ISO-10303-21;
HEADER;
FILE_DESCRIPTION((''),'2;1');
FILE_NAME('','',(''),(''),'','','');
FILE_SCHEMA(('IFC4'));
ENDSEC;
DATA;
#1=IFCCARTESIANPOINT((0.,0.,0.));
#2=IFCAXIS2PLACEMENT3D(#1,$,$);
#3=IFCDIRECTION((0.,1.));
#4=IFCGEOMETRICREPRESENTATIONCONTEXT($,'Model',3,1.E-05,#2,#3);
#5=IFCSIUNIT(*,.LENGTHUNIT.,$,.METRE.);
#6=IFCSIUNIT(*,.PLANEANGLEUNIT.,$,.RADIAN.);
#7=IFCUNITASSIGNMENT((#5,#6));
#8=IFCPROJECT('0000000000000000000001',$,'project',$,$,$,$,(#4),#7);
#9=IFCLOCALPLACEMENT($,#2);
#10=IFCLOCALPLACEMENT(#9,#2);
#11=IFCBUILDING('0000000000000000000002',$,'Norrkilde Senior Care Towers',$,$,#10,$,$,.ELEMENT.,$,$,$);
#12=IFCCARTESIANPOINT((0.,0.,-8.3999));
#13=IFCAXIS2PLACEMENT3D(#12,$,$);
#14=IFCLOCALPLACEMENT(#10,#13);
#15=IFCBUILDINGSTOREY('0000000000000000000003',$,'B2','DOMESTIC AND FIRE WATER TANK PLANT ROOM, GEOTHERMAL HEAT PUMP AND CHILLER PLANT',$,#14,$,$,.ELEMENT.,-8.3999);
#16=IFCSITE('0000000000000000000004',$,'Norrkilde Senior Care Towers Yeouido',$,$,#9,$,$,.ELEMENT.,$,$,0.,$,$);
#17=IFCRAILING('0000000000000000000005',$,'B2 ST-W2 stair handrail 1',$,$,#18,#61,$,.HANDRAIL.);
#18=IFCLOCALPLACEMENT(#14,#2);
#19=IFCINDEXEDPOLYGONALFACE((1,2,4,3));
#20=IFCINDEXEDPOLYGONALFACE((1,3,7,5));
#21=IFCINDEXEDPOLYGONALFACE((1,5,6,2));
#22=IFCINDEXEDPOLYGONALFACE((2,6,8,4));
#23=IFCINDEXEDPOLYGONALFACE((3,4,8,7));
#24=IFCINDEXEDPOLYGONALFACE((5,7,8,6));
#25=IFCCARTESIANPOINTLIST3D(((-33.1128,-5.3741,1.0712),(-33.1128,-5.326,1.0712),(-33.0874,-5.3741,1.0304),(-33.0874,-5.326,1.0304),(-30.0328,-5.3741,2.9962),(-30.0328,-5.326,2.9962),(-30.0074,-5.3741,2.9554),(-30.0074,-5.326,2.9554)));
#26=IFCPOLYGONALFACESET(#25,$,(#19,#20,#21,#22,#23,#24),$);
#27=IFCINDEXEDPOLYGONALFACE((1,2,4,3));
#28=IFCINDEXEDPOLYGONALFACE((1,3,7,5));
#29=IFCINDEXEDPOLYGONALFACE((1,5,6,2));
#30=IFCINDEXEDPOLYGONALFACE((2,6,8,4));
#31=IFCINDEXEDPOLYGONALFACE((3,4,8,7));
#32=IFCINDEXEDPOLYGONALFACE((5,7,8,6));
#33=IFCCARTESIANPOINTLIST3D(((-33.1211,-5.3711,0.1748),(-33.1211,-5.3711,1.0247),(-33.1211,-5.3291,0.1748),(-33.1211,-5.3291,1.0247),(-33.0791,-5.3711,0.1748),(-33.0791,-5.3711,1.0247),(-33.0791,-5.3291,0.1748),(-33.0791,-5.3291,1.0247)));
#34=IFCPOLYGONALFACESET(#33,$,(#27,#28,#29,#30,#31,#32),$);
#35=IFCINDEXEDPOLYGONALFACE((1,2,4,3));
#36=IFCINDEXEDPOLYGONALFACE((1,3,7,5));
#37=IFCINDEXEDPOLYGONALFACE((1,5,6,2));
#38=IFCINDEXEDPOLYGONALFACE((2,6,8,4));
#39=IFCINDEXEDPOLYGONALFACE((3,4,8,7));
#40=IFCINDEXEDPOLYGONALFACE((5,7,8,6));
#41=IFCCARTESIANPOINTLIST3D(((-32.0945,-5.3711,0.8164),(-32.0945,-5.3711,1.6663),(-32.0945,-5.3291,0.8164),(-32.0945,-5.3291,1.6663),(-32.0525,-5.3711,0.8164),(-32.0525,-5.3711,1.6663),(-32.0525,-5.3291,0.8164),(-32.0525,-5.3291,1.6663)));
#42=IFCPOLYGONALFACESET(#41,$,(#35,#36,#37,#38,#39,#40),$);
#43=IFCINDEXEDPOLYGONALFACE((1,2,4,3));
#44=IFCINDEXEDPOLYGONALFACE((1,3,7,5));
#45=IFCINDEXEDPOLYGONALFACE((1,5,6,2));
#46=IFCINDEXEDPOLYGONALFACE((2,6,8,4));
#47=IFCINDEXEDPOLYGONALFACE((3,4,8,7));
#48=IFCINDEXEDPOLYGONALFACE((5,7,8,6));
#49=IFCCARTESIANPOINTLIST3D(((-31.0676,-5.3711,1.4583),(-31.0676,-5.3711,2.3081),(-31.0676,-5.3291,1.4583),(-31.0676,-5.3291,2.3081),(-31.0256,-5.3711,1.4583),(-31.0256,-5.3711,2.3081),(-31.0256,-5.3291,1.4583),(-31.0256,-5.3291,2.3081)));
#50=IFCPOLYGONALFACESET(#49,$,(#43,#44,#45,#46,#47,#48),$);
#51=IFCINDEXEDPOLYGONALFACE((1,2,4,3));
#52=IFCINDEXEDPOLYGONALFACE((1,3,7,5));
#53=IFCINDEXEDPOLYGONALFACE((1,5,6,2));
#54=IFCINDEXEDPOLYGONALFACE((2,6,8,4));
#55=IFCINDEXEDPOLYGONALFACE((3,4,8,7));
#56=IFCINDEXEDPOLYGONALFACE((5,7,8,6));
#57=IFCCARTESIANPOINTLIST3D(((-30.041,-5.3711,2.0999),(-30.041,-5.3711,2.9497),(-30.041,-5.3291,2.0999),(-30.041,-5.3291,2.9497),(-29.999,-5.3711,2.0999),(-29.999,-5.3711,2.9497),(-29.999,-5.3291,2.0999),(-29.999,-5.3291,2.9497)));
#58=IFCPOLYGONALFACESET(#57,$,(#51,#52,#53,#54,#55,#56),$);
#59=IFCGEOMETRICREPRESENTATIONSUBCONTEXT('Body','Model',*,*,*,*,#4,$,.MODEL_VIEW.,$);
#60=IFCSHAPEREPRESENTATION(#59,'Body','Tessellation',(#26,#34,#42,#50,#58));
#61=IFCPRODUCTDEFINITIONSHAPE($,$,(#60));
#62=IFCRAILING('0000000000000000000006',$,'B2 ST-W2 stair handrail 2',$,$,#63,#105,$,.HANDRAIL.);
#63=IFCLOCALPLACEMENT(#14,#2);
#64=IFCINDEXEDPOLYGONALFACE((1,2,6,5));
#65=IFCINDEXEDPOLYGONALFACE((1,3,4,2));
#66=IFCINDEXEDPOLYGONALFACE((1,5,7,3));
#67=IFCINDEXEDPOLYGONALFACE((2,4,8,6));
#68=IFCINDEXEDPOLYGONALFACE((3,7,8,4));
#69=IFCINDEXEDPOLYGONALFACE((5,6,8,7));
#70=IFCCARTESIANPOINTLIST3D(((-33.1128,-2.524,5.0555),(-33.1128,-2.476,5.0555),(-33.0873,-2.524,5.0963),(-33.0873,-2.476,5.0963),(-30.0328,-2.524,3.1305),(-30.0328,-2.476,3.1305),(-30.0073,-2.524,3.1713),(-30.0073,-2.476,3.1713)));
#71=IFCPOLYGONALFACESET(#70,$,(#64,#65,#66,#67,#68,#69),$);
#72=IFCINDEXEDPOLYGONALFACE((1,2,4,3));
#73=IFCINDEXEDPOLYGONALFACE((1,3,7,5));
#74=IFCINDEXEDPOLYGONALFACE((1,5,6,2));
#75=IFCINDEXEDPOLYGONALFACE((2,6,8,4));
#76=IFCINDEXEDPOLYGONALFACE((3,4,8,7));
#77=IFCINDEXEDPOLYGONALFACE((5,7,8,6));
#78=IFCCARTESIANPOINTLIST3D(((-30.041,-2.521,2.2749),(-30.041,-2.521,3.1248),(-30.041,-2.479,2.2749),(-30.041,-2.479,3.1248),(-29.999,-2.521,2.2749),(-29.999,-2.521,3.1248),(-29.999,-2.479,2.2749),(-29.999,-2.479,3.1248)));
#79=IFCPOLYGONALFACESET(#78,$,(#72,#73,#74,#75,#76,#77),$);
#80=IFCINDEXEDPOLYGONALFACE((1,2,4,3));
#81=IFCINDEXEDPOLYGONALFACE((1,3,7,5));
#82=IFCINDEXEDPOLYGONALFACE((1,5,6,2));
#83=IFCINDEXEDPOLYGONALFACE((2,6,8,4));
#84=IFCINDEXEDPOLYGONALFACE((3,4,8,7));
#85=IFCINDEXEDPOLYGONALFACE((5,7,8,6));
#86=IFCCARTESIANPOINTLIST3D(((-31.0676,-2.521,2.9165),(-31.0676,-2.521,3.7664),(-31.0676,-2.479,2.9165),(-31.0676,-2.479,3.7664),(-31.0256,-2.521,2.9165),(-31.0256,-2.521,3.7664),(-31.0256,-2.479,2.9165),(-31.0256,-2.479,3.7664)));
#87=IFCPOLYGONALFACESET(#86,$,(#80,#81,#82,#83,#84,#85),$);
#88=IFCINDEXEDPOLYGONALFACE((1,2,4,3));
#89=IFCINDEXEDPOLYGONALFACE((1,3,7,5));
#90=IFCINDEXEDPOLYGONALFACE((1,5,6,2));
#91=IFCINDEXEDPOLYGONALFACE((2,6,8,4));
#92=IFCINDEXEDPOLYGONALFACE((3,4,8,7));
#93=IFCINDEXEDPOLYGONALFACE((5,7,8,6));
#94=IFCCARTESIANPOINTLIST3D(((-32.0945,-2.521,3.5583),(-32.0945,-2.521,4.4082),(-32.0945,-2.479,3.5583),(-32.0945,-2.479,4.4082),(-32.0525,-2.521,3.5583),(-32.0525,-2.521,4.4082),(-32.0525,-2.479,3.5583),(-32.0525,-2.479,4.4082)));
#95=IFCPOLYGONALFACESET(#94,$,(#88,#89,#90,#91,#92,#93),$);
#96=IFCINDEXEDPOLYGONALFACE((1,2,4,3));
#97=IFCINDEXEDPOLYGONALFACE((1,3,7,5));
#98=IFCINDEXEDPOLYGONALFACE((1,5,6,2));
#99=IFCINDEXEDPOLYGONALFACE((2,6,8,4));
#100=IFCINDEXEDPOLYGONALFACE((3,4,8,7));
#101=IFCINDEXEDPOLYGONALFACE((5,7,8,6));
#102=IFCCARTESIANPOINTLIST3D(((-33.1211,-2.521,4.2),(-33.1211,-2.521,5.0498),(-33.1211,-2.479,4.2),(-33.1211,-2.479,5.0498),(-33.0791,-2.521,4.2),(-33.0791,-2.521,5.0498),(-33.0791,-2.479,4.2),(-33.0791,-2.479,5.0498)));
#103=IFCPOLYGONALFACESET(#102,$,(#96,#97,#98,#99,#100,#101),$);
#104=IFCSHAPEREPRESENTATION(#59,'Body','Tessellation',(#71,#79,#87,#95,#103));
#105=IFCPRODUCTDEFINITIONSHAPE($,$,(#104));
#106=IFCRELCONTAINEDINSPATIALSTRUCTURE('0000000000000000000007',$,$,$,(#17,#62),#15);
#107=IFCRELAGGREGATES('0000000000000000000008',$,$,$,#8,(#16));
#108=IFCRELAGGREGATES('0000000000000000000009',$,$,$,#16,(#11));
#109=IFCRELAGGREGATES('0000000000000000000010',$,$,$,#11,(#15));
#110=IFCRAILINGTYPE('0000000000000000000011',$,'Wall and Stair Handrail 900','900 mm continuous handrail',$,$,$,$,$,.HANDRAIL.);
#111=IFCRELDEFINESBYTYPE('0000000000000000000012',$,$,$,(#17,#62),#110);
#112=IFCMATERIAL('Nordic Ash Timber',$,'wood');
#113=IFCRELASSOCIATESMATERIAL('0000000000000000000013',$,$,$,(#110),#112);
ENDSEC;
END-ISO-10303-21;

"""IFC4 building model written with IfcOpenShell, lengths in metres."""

from ifc_helpers import new_model, si_unit, direction, frame, origin, origin_2d, place, context, subcontext, project, spatial, rectangle, extrude, material, type_object, element, save


model = new_model("IFC4")

# Units and contexts
model_context = context("Model", 3, precision=1e-05, world=origin(), true_north=direction((0.0, 1.0)))
body_context = subcontext(model_context, "Body", "Model", "MODEL_VIEW")
ifc_project = project(units=[si_unit("LENGTHUNIT", "METRE"), si_unit("PLANEANGLEUNIT", "RADIAN")], contexts=[model_context])

# Site, building, storey
site_placement = place(None, origin())
site = spatial("IfcSite", under=ifc_project, at=site_placement, Name="Norrkilde Senior Care Towers Yeouido", CompositionType="ELEMENT", RefElevation=0.0)
building_placement = place(site_placement, origin())
building = spatial("IfcBuilding", under=site, at=building_placement, Name="Norrkilde Senior Care Towers", CompositionType="ELEMENT")
storey_placement = place(building_placement, frame((0.0, 0.0, -8.3999)))
storey = spatial("IfcBuildingStorey", under=building, at=storey_placement, Name="B2", Description="DOMESTIC AND FIRE WATER TANK PLANT ROOM, GEOTHERMAL HEAT PUMP AND CHILLER PLANT", CompositionType="ELEMENT", Elevation=-8.3999)

# Railings
ifc_material_1 = material(Name="Nordic Ash Timber", Category="wood")
railing_type_1 = type_object("IfcRailingType", Name="Wall and Stair Handrail 900", Description="900 mm continuous handrail", PredefinedType="HANDRAIL", material=ifc_material_1)
railing_1_placement = place(storey_placement, frame((-33.1001, -5.3501, 0.1748)))
element("IfcRailing", 1, at=railing_1_placement, inside=storey, type_object=railing_type_1, Name="B2 ST-W2 stair handrail 1", PredefinedType="HANDRAIL", context=body_context, shape_type="SweptSolid", body=[
    extrude(rectangle(XDim=0.0481, YDim=0.0481, at=origin_2d()), frame((0.0, 0.0, 0.876), z_axis=(0.847998, 0.0, 0.529999), x_axis=(0.0, 1.0, 0.0)), (0.0, 0.0, 1.0), 3.6321),
    extrude(rectangle(XDim=0.042, YDim=0.042, at=origin_2d()), origin(), (0.0, 0.0, 1.0), 0.8499),
    extrude(rectangle(XDim=0.042, YDim=0.042, at=origin_2d()), frame((1.0266, 0.0, 0.6416)), (0.0, 0.0, 1.0), 0.8499),
    extrude(rectangle(XDim=0.042, YDim=0.042, at=origin_2d()), frame((2.0535, 0.0, 1.2834)), (0.0, 0.0, 1.0), 0.8499),
    extrude(rectangle(XDim=0.042, YDim=0.042, at=origin_2d()), frame((3.0801, 0.0, 1.925)), (0.0, 0.0, 1.0), 0.8499),
])
railing_2_placement = place(storey_placement, frame((-30.02, -2.5, 2.2749)))
element("IfcRailing", 2, at=railing_2_placement, inside=storey, type_object=railing_type_1, Name="B2 ST-W2 stair handrail 2", PredefinedType="HANDRAIL", context=body_context, shape_type="SweptSolid", body=[
    extrude(rectangle(XDim=0.0481, YDim=0.0481, at=origin_2d()), frame((0.0, 0.0, 0.876), z_axis=(-0.847998, 0.0, 0.529999), x_axis=(0.0, -1.0, 0.0)), (0.0, 0.0, 1.0), 3.6321),
    extrude(rectangle(XDim=0.042, YDim=0.042, at=origin_2d()), origin(), (0.0, 0.0, 1.0), 0.8499),
    extrude(rectangle(XDim=0.042, YDim=0.042, at=origin_2d()), frame((-1.0266, 0.0, 0.6416)), (0.0, 0.0, 1.0), 0.8499),
    extrude(rectangle(XDim=0.042, YDim=0.042, at=origin_2d()), frame((-2.0535, 0.0, 1.2834)), (0.0, 0.0, 1.0), 0.8499),
    extrude(rectangle(XDim=0.042, YDim=0.042, at=origin_2d()), frame((-3.0801, 0.0, 1.925)), (0.0, 0.0, 1.0), 0.8499),
])

save(model, "model.ifc")
